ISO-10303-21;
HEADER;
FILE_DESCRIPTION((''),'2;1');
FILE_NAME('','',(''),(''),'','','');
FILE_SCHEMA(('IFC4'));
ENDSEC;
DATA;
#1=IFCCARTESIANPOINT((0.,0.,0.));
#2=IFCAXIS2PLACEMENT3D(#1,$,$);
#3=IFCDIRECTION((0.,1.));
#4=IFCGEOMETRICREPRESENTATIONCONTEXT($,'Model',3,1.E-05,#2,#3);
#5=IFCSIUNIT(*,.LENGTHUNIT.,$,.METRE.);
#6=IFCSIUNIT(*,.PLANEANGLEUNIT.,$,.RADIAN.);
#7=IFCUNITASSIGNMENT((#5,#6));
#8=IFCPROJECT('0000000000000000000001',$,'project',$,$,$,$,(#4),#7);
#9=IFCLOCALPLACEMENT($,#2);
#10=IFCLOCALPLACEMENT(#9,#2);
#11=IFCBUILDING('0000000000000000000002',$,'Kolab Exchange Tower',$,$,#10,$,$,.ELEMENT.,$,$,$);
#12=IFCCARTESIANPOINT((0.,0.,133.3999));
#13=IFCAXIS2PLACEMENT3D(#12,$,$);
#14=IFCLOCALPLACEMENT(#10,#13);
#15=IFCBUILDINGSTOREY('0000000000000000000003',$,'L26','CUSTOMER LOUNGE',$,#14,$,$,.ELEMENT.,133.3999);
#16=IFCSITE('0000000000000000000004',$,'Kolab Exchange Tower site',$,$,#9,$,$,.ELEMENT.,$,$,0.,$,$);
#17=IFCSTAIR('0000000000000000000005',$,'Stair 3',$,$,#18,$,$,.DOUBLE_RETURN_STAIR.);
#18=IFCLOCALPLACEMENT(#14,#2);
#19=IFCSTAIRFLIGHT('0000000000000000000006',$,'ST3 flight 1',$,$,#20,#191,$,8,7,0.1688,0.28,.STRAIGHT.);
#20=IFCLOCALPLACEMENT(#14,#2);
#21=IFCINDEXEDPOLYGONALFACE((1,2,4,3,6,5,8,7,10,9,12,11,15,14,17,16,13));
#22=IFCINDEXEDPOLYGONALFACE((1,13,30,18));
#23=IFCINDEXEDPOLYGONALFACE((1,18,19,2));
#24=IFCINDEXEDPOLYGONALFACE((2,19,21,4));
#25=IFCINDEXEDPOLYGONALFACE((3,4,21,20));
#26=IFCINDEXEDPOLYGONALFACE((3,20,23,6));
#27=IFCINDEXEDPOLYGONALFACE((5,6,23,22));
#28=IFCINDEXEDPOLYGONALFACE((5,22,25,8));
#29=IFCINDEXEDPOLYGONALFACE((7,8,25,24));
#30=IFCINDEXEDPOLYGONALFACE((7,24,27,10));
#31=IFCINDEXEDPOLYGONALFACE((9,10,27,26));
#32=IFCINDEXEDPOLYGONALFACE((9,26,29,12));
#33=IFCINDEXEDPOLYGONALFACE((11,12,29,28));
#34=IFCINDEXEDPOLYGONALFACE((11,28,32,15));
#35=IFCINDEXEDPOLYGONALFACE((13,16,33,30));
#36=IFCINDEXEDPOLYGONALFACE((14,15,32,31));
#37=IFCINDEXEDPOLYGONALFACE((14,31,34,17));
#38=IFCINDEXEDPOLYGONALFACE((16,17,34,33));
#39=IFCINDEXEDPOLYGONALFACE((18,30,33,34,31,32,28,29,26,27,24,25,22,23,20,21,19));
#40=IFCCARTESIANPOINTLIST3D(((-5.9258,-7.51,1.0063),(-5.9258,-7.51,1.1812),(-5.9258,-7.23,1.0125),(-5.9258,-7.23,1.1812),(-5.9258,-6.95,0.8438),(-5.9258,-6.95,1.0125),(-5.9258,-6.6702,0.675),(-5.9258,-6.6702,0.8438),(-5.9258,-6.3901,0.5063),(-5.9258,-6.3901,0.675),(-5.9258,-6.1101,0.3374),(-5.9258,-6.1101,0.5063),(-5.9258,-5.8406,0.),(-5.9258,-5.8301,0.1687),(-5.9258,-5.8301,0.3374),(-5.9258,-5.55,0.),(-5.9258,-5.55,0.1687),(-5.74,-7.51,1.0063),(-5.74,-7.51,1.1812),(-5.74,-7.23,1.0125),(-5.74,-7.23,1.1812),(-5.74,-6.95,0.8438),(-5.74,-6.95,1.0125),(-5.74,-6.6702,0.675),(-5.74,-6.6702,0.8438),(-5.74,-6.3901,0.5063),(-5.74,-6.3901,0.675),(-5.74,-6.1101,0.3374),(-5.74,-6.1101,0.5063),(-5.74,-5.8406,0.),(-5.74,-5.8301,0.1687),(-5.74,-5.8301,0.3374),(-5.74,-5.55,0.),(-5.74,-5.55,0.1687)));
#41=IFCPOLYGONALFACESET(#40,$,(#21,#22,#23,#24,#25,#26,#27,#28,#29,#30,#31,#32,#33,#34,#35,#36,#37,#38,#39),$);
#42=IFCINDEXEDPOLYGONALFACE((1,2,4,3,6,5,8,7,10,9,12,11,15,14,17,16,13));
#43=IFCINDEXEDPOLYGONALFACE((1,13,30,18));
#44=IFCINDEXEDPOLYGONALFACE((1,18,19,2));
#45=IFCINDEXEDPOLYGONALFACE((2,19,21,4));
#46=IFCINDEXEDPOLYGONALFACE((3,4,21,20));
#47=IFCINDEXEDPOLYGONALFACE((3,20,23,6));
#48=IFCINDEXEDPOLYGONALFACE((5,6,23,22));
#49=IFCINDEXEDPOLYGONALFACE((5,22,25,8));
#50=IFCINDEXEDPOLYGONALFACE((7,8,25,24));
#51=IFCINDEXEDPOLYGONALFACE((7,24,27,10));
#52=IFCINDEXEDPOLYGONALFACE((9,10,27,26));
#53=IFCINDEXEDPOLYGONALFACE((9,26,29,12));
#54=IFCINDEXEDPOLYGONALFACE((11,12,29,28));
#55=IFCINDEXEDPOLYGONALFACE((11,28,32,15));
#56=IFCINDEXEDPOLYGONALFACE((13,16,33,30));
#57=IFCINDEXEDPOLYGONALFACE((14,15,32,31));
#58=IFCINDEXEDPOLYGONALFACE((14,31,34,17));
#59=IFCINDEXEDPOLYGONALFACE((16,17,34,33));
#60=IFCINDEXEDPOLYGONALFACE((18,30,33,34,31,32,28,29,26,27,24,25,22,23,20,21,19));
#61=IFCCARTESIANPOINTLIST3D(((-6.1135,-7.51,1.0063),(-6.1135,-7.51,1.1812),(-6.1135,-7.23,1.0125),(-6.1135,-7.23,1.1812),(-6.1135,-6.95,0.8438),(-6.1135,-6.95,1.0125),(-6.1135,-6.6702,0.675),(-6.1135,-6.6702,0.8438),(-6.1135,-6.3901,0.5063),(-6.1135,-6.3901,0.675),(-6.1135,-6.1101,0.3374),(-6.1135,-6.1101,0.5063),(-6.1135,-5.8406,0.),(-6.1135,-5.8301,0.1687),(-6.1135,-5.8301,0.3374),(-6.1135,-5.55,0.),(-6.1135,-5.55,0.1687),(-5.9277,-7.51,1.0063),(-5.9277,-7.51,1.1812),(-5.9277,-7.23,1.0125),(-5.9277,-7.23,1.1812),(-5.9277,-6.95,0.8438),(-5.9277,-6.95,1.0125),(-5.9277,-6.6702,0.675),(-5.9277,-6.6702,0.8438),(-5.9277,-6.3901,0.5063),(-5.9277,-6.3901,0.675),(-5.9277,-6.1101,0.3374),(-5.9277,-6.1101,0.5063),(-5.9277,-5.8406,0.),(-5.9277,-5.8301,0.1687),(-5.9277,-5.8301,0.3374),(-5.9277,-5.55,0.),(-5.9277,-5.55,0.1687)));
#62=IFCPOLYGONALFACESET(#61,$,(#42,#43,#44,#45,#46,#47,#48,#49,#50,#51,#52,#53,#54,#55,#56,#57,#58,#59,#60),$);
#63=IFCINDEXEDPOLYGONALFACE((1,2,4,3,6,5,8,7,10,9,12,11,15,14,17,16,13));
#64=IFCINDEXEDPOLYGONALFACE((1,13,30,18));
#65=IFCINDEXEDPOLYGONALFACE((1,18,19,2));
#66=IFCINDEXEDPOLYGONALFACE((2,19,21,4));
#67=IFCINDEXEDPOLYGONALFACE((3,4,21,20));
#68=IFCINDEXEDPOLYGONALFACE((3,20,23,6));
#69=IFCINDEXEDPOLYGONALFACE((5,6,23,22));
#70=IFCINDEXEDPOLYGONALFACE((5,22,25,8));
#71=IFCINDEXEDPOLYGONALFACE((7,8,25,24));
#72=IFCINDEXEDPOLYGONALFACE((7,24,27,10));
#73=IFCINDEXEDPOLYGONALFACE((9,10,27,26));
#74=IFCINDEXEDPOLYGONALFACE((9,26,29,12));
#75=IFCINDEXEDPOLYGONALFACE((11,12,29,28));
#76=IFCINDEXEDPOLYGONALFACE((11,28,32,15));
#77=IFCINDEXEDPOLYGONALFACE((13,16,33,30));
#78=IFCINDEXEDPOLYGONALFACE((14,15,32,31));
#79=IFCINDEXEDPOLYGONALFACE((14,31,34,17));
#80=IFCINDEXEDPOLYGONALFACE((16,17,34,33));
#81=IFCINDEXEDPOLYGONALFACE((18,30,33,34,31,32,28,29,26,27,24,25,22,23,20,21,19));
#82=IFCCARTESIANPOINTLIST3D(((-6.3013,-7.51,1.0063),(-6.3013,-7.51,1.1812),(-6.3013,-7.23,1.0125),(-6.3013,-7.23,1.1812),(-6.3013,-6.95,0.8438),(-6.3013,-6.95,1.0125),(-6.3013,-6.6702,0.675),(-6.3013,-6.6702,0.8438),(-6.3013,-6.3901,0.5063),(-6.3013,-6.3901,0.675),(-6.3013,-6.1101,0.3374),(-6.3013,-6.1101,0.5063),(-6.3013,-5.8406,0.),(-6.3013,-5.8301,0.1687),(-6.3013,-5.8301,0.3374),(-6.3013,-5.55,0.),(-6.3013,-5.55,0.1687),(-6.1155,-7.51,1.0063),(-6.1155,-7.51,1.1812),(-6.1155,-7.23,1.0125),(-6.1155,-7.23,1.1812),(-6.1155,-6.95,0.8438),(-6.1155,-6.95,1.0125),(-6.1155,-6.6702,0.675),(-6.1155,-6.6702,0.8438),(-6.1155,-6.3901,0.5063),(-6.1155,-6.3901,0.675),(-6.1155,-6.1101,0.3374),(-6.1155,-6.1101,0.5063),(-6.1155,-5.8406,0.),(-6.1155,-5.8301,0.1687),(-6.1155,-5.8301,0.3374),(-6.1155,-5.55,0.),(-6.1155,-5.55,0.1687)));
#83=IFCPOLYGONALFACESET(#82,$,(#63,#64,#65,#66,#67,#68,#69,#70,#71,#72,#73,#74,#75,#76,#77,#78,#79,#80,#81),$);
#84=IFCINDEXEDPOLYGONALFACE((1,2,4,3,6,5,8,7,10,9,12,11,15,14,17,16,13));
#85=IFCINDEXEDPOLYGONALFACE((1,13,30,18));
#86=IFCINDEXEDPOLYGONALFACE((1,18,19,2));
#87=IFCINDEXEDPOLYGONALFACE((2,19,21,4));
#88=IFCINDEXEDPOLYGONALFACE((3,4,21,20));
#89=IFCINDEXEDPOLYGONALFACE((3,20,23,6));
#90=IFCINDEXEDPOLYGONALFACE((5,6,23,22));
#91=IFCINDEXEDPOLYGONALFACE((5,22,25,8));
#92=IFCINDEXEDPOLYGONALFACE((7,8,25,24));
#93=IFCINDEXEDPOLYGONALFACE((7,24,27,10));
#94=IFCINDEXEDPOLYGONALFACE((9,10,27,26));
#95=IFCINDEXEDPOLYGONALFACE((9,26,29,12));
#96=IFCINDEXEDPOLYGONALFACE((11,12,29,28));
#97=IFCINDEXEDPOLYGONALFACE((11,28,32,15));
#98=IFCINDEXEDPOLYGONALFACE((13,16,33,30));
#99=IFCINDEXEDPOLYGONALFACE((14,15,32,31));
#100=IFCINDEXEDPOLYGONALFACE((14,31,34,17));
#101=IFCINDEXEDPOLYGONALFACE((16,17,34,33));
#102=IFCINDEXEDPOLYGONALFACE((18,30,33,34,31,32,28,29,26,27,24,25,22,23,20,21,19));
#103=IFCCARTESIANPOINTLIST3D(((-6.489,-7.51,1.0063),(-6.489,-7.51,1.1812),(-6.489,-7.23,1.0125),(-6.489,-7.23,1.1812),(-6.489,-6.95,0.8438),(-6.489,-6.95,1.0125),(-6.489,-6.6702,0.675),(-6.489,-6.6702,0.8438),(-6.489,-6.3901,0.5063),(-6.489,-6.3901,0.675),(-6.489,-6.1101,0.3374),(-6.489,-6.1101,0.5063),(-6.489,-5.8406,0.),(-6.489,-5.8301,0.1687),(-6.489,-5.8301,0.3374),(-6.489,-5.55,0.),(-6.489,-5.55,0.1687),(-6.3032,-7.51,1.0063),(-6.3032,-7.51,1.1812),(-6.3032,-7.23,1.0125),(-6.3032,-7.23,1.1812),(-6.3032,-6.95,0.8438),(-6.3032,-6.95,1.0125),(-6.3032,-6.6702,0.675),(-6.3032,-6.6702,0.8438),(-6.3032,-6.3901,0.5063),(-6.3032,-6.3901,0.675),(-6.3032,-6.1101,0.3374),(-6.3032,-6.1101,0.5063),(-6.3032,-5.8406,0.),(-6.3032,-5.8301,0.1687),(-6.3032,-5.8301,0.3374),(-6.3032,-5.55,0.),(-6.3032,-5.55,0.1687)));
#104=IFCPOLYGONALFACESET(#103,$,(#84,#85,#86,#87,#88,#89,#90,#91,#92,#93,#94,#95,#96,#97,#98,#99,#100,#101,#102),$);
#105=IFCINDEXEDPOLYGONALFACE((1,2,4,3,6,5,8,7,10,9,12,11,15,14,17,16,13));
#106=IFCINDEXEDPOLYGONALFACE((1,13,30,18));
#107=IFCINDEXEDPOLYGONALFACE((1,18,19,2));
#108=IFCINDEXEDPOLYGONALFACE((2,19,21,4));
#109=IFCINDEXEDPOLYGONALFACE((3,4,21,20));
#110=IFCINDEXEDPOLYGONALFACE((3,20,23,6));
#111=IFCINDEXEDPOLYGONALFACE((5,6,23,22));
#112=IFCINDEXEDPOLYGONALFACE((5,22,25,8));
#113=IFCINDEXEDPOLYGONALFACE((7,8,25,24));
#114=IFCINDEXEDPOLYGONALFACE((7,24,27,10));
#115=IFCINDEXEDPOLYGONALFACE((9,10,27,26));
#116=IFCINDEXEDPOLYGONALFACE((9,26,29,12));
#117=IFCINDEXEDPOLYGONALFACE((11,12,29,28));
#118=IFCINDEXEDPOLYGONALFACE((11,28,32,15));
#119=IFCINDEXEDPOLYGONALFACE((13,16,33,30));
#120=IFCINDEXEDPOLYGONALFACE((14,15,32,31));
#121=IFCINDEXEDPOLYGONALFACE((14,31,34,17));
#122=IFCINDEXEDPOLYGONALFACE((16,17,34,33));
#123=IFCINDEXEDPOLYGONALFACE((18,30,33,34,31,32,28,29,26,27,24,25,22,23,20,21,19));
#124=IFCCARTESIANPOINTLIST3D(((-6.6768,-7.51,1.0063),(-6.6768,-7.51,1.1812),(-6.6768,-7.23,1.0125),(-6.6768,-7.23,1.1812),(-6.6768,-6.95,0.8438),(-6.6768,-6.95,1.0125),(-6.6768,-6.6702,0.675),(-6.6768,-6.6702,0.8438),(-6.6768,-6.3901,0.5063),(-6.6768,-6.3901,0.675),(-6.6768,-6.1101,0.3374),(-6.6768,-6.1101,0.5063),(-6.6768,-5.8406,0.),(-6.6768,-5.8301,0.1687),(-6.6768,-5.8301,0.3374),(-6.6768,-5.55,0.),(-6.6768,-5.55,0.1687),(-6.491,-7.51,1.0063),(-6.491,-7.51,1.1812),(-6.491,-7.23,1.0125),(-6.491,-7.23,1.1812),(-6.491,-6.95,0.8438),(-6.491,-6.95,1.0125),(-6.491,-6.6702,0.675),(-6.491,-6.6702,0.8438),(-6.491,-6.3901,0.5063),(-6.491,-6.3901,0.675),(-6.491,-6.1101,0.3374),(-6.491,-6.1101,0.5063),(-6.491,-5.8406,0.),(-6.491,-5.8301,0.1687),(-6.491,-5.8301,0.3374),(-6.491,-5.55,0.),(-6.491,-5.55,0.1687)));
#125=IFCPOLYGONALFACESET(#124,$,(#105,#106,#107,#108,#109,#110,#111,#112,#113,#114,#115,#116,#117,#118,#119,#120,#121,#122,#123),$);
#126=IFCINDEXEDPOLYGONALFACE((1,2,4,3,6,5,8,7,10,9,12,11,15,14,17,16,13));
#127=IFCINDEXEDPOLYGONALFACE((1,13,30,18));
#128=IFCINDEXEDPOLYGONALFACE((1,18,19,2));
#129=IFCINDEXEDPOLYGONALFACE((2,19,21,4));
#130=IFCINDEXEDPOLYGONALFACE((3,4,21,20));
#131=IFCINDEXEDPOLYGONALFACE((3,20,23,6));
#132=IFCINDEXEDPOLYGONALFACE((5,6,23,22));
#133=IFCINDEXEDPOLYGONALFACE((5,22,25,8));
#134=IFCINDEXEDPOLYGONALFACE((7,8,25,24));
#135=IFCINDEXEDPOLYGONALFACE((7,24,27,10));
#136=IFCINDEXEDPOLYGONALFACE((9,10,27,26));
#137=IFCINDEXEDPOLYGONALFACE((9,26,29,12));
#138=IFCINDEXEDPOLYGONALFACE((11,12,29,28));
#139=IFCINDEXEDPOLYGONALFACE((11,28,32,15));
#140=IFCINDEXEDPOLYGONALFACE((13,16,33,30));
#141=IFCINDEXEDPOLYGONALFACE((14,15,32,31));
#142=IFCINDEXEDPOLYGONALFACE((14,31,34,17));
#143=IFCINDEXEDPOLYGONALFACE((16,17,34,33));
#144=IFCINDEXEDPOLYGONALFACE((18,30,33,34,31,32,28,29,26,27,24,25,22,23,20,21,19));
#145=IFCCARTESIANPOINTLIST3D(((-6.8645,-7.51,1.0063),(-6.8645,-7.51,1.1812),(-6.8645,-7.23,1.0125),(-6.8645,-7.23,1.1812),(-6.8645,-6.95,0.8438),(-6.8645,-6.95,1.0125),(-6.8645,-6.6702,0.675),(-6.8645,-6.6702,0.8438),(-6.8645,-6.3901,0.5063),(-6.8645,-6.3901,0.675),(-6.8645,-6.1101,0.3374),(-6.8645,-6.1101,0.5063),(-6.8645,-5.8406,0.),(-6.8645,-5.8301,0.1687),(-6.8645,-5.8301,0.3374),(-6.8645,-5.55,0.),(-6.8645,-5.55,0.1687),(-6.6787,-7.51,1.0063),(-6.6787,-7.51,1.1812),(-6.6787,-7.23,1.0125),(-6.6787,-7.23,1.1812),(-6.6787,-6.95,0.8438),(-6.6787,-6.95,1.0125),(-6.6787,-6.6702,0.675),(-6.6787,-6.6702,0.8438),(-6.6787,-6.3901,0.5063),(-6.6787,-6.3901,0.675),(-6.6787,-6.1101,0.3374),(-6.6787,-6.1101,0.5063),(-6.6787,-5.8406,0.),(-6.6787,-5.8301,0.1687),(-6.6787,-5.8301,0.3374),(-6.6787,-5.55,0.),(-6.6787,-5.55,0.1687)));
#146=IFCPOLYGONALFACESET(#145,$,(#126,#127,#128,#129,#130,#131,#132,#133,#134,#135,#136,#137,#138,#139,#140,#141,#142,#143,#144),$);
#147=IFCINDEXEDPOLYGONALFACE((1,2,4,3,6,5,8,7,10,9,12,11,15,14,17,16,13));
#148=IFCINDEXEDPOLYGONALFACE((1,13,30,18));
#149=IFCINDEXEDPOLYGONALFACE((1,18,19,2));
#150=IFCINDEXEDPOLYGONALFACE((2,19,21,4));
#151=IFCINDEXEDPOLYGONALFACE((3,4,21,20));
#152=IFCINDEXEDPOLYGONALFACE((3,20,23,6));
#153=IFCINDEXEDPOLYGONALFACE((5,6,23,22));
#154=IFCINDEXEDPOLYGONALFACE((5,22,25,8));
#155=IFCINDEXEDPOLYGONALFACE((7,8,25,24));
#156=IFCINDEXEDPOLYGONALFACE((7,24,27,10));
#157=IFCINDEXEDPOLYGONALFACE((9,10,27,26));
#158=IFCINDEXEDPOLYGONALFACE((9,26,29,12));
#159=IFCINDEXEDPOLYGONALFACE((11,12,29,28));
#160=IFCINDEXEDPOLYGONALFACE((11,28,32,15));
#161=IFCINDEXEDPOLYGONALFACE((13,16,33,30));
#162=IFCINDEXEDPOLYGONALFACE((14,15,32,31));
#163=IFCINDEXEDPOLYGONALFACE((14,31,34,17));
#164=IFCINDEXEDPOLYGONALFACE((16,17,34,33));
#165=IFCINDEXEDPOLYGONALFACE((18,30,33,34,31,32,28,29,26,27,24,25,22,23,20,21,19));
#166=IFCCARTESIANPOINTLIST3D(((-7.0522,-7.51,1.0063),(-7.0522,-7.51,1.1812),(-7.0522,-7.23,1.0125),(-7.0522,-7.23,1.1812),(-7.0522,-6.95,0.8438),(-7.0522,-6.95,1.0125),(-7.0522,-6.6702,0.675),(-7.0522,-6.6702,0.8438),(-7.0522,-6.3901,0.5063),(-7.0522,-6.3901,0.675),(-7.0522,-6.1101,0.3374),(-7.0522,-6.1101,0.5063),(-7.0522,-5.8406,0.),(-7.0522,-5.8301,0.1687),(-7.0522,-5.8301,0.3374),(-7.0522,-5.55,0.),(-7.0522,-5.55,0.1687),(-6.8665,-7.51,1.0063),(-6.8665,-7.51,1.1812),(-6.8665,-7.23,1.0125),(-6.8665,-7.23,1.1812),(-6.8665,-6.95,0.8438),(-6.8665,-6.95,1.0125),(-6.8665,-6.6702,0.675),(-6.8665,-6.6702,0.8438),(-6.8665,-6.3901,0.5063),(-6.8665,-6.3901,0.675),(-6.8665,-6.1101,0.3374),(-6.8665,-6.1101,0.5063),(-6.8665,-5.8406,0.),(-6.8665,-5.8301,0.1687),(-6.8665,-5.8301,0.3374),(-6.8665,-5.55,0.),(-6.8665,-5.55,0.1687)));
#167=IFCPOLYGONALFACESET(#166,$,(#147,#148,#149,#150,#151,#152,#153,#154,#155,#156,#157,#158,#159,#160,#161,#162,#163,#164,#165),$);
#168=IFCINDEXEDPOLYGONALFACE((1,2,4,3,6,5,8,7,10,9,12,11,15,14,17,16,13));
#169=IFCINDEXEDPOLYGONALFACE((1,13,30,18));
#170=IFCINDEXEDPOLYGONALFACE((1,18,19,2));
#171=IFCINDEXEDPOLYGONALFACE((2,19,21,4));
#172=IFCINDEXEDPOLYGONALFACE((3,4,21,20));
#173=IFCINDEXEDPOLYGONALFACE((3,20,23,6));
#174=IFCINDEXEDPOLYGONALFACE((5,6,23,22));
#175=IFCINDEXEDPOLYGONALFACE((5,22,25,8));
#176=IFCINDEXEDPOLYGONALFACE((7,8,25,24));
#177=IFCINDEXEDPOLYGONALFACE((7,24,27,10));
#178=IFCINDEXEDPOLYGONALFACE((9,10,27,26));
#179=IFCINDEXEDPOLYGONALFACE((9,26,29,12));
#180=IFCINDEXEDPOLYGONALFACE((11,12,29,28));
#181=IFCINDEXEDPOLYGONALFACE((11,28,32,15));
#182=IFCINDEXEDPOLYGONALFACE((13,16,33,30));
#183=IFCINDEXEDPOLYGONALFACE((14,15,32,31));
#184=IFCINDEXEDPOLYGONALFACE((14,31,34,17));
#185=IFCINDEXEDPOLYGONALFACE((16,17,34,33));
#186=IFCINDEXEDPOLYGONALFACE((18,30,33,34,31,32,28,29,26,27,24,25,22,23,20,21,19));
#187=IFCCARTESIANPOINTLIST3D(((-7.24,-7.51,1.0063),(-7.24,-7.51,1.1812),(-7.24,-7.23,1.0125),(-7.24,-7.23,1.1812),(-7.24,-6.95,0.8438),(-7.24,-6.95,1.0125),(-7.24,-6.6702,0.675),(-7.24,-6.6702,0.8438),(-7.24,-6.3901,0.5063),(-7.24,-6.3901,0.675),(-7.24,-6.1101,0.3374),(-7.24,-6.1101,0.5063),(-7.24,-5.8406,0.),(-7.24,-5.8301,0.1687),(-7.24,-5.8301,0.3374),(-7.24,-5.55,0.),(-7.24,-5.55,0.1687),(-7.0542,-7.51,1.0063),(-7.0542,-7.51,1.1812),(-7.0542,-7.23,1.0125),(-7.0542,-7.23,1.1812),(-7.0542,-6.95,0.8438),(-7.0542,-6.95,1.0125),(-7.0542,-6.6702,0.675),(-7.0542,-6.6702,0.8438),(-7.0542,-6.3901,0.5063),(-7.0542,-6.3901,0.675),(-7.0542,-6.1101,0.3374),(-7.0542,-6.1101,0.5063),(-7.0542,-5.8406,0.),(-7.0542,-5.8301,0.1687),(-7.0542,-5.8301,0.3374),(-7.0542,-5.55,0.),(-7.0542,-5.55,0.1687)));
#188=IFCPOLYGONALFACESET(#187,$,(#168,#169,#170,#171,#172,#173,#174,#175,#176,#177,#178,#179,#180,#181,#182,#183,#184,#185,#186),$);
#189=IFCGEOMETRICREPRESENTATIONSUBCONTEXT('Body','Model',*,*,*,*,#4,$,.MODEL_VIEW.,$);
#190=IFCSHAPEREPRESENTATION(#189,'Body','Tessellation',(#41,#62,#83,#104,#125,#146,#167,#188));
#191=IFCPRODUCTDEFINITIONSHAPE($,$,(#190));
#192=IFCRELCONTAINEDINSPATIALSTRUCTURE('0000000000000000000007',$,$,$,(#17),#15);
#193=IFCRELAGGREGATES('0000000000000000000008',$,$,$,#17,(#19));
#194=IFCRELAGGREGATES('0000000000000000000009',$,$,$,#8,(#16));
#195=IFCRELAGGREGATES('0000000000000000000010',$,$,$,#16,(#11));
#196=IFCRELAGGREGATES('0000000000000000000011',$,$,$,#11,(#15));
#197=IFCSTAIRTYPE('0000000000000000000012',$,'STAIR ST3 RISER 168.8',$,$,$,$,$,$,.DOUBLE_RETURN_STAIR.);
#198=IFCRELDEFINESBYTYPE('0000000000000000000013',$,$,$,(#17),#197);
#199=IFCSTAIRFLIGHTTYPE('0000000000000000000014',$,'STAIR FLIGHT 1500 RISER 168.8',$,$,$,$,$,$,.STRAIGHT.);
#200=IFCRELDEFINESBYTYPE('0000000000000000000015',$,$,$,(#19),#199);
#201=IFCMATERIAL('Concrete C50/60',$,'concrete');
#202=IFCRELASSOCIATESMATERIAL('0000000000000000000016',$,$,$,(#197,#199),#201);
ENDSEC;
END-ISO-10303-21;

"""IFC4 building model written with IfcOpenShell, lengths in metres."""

from ifc_helpers import new_model, si_unit, direction, frame, origin, place, context, subcontext, project, spatial, polyline, outline, extrude, material, type_object, element, aggregate, save


model = new_model("IFC4")

# Units and contexts
model_context = context("Model", 3, precision=1e-05, world=origin(), true_north=direction((0.0, 1.0)))
body_context = subcontext(model_context, "Body", "Model", "MODEL_VIEW")
ifc_project = project(units=[si_unit("LENGTHUNIT", "METRE"), si_unit("PLANEANGLEUNIT", "RADIAN")], contexts=[model_context])

# Site, building, storey
site_placement = place(None, origin())
site = spatial("IfcSite", under=ifc_project, at=site_placement, Name="Kolab Exchange Tower site", CompositionType="ELEMENT", RefElevation=0.0)
building_placement = place(site_placement, origin())
building = spatial("IfcBuilding", under=site, at=building_placement, Name="Kolab Exchange Tower", CompositionType="ELEMENT")
storey_placement = place(building_placement, frame((0.0, 0.0, 133.3999)))
storey = spatial("IfcBuildingStorey", under=building, at=storey_placement, Name="L26", Description="CUSTOMER LOUNGE", CompositionType="ELEMENT", Elevation=133.3999)

# Shared definitions
ifc_material_1 = material(Name="Concrete C50/60", Category="concrete")

# Stair, stair flight
stair_type = type_object("IfcStairType", Name="STAIR ST3 RISER 168.8", PredefinedType="DOUBLE_RETURN_STAIR", material=ifc_material_1)
stair_placement = place(storey_placement, origin())
stair = element("IfcStair", 1, at=stair_placement, inside=storey, type_object=stair_type, Name="Stair 3", PredefinedType="DOUBLE_RETURN_STAIR")
stair_flight_type = type_object("IfcStairFlightType", Name="STAIR FLIGHT 1500 RISER 168.8", PredefinedType="STRAIGHT", material=ifc_material_1)
stair_flight_1_placement = place(storey_placement, frame((-6.49, -5.55, 0.0), z_axis=(0.0, 0.0, 1.0), x_axis=(0.0, -1.0, 0.0)))
stair_flight_1 = element("IfcStairFlight", 2, at=stair_flight_1_placement, type_object=stair_flight_type, Name="ST3 flight 1", NumberOfRisers=8, NumberOfTreads=7, PredefinedType="STRAIGHT", RiserHeight=0.1688, TreadLength=0.28, context=body_context, shape_type="SweptSolid", body=[
    extrude(outline(polyline([(0.0, 0.0), (0.0, 0.1687), (0.28, 0.1687), (0.28, 0.3374), (0.5601, 0.3374), (0.5601, 0.5063), (0.8401, 0.5063), (0.8401, 0.675), (1.1201, 0.675), (1.1201, 0.8438), (1.3999, 0.8438), (1.3999, 1.0125), (1.6799, 1.0125), (1.6799, 1.1812), (1.96, 1.1812), (1.96, 1.3501), (1.96, 1.0063), (0.2905, 0.0), (0.0, 0.0)])), frame((0.0, 0.75, 0.0), z_axis=(0.0, -1.0, 0.0), x_axis=(1.0, 0.0, 0.0)), (0.0, 0.0, 1.0), 0.1858),
    extrude(outline(polyline([(0.0, 0.0), (0.0, 0.1687), (0.28, 0.1687), (0.28, 0.3374), (0.5601, 0.3374), (0.5601, 0.5063), (0.8401, 0.5063), (0.8401, 0.675), (1.1201, 0.675), (1.1201, 0.8438), (1.3999, 0.8438), (1.3999, 1.0125), (1.6799, 1.0125), (1.6799, 1.1812), (1.96, 1.1812), (1.96, 1.3501), (1.96, 1.0063), (0.2905, 0.0), (0.0, 0.0)])), frame((0.0, 0.5623, 0.0), z_axis=(0.0, -1.0, 0.0), x_axis=(1.0, 0.0, 0.0)), (0.0, 0.0, 1.0), 0.1858),
    extrude(outline(polyline([(0.0, 0.0), (0.0, 0.1687), (0.28, 0.1687), (0.28, 0.3374), (0.5601, 0.3374), (0.5601, 0.5063), (0.8401, 0.5063), (0.8401, 0.675), (1.1201, 0.675), (1.1201, 0.8438), (1.3999, 0.8438), (1.3999, 1.0125), (1.6799, 1.0125), (1.6799, 1.1812), (1.96, 1.1812), (1.96, 1.3501), (1.96, 1.0063), (0.2905, 0.0), (0.0, 0.0)])), frame((0.0, 0.3745, 0.0), z_axis=(0.0, -1.0, 0.0), x_axis=(1.0, 0.0, 0.0)), (0.0, 0.0, 1.0), 0.1858),
    extrude(outline(polyline([(0.0, 0.0), (0.0, 0.1687), (0.28, 0.1687), (0.28, 0.3374), (0.5601, 0.3374), (0.5601, 0.5063), (0.8401, 0.5063), (0.8401, 0.675), (1.1201, 0.675), (1.1201, 0.8438), (1.3999, 0.8438), (1.3999, 1.0125), (1.6799, 1.0125), (1.6799, 1.1812), (1.96, 1.1812), (1.96, 1.3501), (1.96, 1.0063), (0.2905, 0.0), (0.0, 0.0)])), frame((0.0, 0.1868, 0.0), z_axis=(0.0, -1.0, 0.0), x_axis=(1.0, 0.0, 0.0)), (0.0, 0.0, 1.0), 0.1858),
    extrude(outline(polyline([(0.0, 0.0), (0.0, 0.1687), (0.28, 0.1687), (0.28, 0.3374), (0.5601, 0.3374), (0.5601, 0.5063), (0.8401, 0.5063), (0.8401, 0.675), (1.1201, 0.675), (1.1201, 0.8438), (1.3999, 0.8438), (1.3999, 1.0125), (1.6799, 1.0125), (1.6799, 1.1812), (1.96, 1.1812), (1.96, 1.3501), (1.96, 1.0063), (0.2905, 0.0), (0.0, 0.0)])), frame((0.0, -0.001, 0.0), z_axis=(0.0, -1.0, 0.0), x_axis=(1.0, 0.0, 0.0)), (0.0, 0.0, 1.0), 0.1858),
    extrude(outline(polyline([(0.0, 0.0), (0.0, 0.1687), (0.28, 0.1687), (0.28, 0.3374), (0.5601, 0.3374), (0.5601, 0.5063), (0.8401, 0.5063), (0.8401, 0.675), (1.1201, 0.675), (1.1201, 0.8438), (1.3999, 0.8438), (1.3999, 1.0125), (1.6799, 1.0125), (1.6799, 1.1812), (1.96, 1.1812), (1.96, 1.3501), (1.96, 1.0063), (0.2905, 0.0), (0.0, 0.0)])), frame((0.0, -0.1887, 0.0), z_axis=(0.0, -1.0, 0.0), x_axis=(1.0, 0.0, 0.0)), (0.0, 0.0, 1.0), 0.1858),
    extrude(outline(polyline([(0.0, 0.0), (0.0, 0.1687), (0.28, 0.1687), (0.28, 0.3374), (0.5601, 0.3374), (0.5601, 0.5063), (0.8401, 0.5063), (0.8401, 0.675), (1.1201, 0.675), (1.1201, 0.8438), (1.3999, 0.8438), (1.3999, 1.0125), (1.6799, 1.0125), (1.6799, 1.1812), (1.96, 1.1812), (1.96, 1.3501), (1.96, 1.0063), (0.2905, 0.0), (0.0, 0.0)])), frame((0.0, -0.3765, 0.0), z_axis=(0.0, -1.0, 0.0), x_axis=(1.0, 0.0, 0.0)), (0.0, 0.0, 1.0), 0.1858),
    extrude(outline(polyline([(0.0, 0.0), (0.0, 0.1687), (0.28, 0.1687), (0.28, 0.3374), (0.5601, 0.3374), (0.5601, 0.5063), (0.8401, 0.5063), (0.8401, 0.675), (1.1201, 0.675), (1.1201, 0.8438), (1.3999, 0.8438), (1.3999, 1.0125), (1.6799, 1.0125), (1.6799, 1.1812), (1.96, 1.1812), (1.96, 1.3501), (1.96, 1.0063), (0.2905, 0.0), (0.0, 0.0)])), frame((0.0, -0.5642, 0.0), z_axis=(0.0, -1.0, 0.0), x_axis=(1.0, 0.0, 0.0)), (0.0, 0.0, 1.0), 0.1858),
])
aggregate(stair, [stair_flight_1])

save(model, "model.ifc")
